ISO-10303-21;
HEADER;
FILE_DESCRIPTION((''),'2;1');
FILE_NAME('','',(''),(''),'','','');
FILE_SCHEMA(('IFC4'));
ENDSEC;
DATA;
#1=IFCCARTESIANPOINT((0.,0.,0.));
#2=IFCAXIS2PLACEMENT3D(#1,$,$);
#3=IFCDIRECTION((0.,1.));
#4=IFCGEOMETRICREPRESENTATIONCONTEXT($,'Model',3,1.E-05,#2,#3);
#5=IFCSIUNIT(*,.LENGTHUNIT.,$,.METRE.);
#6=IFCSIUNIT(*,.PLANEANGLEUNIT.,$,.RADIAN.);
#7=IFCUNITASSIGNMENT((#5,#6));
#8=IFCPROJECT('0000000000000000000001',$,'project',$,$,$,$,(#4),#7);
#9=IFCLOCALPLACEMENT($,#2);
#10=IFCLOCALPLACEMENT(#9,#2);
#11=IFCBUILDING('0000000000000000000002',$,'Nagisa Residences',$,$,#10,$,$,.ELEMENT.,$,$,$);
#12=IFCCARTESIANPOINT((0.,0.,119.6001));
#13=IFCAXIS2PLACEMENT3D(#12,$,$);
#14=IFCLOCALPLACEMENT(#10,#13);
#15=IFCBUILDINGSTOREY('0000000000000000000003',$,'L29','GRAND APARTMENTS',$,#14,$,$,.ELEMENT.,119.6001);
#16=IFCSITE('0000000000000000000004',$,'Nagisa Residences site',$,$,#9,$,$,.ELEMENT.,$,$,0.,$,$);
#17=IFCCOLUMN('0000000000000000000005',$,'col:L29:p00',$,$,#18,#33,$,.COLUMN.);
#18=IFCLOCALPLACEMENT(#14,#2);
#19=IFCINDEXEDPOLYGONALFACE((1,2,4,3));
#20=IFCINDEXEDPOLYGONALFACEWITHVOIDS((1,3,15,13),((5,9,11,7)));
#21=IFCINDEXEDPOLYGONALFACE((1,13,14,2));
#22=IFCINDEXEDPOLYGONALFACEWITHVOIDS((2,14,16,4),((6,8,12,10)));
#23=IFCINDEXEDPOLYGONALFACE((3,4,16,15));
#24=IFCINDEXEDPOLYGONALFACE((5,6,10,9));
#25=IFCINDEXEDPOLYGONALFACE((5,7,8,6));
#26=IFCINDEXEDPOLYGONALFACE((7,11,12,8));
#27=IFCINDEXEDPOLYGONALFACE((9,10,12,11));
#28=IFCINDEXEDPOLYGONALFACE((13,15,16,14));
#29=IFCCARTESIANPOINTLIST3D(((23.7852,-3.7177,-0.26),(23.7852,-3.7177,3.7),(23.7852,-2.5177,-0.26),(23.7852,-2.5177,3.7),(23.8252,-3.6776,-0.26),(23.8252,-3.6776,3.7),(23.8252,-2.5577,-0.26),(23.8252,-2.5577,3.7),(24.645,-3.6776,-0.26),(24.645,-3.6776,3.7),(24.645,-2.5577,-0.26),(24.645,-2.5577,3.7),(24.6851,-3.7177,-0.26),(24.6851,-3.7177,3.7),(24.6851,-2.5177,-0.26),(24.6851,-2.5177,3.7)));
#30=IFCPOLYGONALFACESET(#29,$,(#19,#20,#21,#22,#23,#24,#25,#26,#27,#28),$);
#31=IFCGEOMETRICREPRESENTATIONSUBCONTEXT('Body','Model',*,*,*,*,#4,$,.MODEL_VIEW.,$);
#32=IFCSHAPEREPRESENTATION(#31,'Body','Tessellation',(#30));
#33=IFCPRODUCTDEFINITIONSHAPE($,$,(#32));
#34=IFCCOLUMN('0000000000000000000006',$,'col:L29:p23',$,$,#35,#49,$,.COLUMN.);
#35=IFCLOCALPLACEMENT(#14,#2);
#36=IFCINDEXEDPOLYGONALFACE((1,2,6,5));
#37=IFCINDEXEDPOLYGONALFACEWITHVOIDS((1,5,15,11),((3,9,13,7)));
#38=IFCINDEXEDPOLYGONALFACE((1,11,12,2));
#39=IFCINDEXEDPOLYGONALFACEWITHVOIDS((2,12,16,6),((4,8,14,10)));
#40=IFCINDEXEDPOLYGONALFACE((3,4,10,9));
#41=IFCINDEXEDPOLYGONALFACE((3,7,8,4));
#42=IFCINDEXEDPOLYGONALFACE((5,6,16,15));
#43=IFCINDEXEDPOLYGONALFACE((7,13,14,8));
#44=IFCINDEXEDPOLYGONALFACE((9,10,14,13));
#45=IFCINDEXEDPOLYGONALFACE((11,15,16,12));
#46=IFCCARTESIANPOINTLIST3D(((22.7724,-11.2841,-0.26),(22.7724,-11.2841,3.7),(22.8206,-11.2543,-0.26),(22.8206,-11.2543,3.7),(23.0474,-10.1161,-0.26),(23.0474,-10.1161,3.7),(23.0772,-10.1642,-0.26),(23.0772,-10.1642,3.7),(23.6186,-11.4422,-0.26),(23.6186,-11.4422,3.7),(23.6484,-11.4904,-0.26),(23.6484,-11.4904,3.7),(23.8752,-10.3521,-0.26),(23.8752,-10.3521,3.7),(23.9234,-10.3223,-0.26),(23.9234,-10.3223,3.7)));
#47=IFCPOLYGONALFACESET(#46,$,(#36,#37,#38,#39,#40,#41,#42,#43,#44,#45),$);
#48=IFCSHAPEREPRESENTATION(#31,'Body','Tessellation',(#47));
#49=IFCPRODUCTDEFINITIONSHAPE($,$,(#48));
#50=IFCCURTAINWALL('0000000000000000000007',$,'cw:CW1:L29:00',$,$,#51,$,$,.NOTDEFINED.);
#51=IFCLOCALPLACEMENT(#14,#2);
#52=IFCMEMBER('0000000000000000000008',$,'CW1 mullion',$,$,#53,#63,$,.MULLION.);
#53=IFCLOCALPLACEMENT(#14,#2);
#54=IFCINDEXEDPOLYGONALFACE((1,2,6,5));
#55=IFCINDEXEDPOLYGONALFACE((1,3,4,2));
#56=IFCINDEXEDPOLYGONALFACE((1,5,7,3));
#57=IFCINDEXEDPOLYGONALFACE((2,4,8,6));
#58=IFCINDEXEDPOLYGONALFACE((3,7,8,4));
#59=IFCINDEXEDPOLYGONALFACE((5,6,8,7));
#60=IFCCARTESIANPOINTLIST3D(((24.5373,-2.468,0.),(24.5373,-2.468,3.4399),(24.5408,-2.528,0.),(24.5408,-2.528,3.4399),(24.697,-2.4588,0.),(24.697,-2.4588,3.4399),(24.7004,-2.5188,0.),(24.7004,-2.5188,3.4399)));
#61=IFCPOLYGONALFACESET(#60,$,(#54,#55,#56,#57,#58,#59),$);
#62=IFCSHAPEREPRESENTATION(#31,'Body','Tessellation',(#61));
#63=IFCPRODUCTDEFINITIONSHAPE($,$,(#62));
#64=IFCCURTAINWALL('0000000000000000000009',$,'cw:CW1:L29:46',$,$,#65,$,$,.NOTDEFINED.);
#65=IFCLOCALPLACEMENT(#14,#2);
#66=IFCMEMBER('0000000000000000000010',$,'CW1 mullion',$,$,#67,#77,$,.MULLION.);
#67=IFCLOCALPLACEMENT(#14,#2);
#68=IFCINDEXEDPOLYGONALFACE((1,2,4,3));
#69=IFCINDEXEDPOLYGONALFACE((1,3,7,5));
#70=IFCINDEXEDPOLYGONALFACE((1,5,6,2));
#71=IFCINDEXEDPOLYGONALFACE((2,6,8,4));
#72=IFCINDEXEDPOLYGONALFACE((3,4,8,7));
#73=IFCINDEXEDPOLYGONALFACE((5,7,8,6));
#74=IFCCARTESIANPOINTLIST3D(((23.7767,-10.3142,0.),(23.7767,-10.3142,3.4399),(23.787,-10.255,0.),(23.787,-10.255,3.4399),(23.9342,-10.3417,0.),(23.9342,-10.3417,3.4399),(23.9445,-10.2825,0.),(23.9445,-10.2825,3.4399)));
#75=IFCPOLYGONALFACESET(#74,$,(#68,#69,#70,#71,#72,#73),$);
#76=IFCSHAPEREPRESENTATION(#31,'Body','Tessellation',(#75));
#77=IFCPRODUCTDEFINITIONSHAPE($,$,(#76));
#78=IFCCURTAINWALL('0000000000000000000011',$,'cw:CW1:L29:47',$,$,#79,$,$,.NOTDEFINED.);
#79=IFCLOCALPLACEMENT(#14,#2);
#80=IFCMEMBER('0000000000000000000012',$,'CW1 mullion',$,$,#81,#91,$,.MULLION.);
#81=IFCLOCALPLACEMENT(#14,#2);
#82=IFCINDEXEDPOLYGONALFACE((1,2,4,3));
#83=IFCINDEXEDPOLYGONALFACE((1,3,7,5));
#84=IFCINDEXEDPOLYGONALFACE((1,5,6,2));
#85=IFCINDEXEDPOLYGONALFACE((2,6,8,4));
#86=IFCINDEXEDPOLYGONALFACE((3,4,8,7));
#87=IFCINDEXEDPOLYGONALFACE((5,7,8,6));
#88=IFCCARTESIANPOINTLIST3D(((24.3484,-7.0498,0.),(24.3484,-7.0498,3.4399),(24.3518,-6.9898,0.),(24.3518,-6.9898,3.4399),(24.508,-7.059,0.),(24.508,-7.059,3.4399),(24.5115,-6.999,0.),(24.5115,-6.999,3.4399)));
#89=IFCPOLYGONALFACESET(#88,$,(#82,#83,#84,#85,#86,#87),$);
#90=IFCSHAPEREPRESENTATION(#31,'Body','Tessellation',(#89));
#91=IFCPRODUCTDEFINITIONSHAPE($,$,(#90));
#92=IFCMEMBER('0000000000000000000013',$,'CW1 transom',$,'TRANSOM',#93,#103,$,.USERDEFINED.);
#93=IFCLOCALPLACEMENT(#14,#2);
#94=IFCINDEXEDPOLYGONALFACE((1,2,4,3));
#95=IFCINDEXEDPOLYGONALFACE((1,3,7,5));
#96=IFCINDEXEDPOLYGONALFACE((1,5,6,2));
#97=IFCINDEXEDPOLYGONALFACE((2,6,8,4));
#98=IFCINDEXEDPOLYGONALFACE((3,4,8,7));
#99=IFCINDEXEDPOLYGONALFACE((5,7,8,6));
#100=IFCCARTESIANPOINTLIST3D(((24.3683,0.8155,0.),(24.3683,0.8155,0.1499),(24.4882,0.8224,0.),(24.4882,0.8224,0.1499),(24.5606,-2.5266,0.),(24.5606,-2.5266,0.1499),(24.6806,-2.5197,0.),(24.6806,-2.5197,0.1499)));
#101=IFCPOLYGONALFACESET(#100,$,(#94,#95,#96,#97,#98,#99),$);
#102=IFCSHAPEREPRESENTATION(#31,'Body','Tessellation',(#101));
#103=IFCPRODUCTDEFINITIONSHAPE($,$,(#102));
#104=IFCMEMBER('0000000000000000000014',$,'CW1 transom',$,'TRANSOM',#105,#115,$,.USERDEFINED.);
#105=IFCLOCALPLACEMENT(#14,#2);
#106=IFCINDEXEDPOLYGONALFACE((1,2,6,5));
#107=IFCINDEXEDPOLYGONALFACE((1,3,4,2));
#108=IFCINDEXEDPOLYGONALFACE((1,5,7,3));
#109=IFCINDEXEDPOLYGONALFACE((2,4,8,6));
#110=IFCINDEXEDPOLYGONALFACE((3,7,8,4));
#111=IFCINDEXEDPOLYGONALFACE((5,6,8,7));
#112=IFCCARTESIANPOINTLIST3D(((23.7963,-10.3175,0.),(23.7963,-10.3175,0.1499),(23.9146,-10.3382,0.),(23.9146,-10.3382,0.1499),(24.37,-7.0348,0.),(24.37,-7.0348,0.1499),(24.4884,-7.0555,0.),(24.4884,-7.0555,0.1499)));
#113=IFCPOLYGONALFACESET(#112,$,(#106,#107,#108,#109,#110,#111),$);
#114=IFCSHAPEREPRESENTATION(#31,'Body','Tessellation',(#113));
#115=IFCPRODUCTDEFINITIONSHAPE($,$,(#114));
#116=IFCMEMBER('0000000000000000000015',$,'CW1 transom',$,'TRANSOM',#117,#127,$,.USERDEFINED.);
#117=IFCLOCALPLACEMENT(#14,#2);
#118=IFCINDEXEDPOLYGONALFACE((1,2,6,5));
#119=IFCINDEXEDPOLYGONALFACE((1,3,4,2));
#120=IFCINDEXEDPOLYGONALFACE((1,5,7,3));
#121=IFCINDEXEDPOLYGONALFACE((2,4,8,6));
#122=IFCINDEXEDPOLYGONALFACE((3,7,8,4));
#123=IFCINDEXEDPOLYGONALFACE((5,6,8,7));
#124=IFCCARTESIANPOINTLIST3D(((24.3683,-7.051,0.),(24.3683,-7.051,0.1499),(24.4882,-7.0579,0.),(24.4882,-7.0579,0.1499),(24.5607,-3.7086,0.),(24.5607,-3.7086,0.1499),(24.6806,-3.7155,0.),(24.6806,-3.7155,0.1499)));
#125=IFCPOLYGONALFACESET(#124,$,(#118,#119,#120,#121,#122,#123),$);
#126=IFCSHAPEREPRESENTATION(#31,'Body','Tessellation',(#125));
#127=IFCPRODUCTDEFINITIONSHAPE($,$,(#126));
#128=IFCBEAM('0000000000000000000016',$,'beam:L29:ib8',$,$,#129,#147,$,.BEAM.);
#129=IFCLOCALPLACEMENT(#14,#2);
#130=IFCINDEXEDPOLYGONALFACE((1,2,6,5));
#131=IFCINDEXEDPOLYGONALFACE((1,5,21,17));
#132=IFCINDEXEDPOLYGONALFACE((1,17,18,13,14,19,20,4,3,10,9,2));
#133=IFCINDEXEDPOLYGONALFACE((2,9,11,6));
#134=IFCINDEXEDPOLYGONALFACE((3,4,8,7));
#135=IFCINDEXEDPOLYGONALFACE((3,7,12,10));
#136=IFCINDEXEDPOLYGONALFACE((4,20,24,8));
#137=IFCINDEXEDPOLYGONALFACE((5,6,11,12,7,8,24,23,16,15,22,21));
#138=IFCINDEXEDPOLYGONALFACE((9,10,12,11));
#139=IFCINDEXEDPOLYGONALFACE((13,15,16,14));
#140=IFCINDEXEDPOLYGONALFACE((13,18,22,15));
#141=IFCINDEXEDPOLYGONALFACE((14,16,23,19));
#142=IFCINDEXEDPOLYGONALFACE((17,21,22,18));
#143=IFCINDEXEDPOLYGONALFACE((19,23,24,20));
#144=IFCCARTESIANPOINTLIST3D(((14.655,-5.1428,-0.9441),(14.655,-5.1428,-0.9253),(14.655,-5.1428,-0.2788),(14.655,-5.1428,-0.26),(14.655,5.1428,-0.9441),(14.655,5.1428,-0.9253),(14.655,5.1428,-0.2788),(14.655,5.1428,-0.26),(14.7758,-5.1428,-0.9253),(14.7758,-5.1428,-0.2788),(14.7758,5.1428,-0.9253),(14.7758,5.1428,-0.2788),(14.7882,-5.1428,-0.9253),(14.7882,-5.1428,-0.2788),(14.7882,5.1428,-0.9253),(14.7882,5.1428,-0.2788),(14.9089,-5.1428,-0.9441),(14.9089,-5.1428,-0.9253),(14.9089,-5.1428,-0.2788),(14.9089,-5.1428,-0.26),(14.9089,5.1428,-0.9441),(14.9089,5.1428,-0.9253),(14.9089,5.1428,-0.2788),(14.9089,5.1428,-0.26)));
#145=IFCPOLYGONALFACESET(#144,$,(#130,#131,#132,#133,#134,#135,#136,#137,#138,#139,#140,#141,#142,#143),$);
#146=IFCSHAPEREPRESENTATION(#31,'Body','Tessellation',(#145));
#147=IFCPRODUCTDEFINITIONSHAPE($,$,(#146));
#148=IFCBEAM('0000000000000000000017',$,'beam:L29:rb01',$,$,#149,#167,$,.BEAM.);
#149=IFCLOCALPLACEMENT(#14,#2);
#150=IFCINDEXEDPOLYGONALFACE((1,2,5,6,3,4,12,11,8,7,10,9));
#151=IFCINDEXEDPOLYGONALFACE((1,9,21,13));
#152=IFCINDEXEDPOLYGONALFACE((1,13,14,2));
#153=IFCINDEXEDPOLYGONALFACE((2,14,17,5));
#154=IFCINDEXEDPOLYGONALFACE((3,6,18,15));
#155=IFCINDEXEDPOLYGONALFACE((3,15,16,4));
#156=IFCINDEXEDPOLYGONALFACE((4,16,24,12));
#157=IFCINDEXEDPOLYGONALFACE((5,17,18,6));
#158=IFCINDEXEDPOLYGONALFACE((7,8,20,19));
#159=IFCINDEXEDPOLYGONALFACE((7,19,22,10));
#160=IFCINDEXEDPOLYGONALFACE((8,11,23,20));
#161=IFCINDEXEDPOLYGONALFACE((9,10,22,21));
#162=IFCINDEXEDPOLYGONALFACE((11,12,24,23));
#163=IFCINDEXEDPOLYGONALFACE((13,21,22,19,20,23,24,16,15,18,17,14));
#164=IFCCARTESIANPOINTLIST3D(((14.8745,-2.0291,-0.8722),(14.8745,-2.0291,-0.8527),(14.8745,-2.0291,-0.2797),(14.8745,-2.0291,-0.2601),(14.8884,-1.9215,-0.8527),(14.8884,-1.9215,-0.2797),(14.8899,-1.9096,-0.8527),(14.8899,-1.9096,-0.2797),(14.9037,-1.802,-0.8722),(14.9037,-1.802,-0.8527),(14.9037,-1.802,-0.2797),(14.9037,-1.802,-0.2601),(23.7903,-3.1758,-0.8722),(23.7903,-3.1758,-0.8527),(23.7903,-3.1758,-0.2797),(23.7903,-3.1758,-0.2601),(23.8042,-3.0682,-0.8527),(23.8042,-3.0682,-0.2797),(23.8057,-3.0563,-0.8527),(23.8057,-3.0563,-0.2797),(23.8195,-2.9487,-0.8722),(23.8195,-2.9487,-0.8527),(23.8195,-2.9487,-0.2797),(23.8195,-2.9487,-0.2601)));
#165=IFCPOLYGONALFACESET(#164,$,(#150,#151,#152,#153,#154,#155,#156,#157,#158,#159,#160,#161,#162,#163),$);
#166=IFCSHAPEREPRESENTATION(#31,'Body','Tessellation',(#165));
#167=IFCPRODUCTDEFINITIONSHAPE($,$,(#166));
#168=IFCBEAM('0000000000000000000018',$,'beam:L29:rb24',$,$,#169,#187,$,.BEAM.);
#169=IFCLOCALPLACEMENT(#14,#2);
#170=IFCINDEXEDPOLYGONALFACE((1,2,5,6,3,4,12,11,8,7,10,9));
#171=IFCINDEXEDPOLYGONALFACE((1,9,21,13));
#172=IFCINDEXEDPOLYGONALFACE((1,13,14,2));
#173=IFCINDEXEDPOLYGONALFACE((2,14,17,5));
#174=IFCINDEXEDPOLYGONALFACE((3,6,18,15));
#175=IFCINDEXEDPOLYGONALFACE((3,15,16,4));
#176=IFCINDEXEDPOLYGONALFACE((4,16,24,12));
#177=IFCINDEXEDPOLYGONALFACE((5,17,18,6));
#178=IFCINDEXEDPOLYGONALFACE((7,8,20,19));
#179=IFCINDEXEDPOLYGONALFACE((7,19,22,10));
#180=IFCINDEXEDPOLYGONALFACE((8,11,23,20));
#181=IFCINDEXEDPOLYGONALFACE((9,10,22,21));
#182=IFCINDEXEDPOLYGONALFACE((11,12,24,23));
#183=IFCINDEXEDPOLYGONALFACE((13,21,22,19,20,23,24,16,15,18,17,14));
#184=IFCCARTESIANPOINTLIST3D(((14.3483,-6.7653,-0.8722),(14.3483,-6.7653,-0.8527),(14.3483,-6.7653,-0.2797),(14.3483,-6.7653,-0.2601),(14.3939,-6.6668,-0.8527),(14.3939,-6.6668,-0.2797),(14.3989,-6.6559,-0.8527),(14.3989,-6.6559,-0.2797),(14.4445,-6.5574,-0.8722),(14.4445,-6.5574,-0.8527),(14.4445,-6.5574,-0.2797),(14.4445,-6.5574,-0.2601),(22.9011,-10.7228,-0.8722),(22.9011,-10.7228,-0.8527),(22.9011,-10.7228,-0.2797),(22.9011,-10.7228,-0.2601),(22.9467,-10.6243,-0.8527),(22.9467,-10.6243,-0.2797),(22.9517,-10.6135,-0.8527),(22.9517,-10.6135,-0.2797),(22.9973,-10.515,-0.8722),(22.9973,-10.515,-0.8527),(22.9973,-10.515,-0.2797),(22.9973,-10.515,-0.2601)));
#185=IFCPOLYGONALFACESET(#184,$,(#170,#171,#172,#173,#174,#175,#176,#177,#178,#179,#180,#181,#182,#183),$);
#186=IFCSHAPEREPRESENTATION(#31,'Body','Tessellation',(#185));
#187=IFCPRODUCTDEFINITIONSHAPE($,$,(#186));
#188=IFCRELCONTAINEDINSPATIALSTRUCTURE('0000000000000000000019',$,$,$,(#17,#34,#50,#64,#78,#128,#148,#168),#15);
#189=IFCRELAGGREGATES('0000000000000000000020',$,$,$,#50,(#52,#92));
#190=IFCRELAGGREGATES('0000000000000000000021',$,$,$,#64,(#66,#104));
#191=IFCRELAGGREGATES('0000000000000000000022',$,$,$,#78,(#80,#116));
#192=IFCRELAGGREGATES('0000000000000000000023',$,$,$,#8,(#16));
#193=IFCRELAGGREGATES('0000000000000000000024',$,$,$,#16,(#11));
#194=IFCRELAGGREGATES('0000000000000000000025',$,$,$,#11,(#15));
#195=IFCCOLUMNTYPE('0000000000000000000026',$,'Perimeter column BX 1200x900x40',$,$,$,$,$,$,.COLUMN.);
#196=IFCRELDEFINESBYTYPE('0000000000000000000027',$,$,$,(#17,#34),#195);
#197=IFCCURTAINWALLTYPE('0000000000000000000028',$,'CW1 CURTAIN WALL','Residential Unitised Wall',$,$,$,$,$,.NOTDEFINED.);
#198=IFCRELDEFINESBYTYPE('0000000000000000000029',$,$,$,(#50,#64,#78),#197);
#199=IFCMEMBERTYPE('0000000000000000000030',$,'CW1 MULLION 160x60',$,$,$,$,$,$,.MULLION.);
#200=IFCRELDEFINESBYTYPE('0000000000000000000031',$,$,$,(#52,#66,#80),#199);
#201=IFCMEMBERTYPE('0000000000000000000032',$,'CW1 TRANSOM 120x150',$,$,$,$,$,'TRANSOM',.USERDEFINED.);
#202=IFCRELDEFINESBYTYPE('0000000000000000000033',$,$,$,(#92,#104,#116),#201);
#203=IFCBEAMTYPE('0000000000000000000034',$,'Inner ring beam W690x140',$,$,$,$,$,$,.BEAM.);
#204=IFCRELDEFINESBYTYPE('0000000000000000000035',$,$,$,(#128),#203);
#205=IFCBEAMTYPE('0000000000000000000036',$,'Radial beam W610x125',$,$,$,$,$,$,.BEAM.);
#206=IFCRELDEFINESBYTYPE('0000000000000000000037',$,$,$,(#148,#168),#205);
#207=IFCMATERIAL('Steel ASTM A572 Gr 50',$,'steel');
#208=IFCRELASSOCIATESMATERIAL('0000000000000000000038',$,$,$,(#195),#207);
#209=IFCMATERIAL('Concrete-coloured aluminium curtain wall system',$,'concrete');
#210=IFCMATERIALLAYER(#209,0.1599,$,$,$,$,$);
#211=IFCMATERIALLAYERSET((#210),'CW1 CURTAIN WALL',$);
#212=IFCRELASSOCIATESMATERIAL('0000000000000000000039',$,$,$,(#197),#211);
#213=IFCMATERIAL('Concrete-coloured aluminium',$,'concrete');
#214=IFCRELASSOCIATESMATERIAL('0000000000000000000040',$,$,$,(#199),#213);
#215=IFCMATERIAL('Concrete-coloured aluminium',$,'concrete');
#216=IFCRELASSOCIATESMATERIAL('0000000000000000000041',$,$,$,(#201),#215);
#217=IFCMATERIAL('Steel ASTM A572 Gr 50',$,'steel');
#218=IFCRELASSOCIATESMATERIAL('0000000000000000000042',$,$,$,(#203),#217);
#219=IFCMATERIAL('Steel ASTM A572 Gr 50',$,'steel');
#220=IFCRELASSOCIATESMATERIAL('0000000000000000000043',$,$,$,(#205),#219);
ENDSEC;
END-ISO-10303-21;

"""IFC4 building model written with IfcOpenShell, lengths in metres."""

from ifc_helpers import new_model, si_unit, direction, frame, origin, origin_2d, place, context, subcontext, project, spatial, rectangle, hollow_rectangle, i_section, extrude, material, layer, layer_set, material_profile, profile_set, type_object, element, aggregate, save


model = new_model("IFC4")

# Units and contexts
model_context = context("Model", 3, precision=1e-05, world=origin(), true_north=direction((0.0, 1.0)))
body_context = subcontext(model_context, "Body", "Model", "MODEL_VIEW")
ifc_project = project(units=[si_unit("LENGTHUNIT", "METRE"), si_unit("PLANEANGLEUNIT", "RADIAN")], contexts=[model_context])

# Site, building, storey
site_placement = place(None, origin())
site = spatial("IfcSite", under=ifc_project, at=site_placement, Name="Nagisa Residences site", CompositionType="ELEMENT", RefElevation=0.0)
building_placement = place(site_placement, origin())
building = spatial("IfcBuilding", under=site, at=building_placement, Name="Nagisa Residences", CompositionType="ELEMENT")
storey_placement = place(building_placement, frame((0.0, 0.0, 119.6001)))
storey = spatial("IfcBuildingStorey", under=building, at=storey_placement, Name="L29", Description="GRAND APARTMENTS", CompositionType="ELEMENT", Elevation=119.6001)

# Columns
ifc_material_1 = material(Name="Steel ASTM A572 Gr 50", Category="steel")
ifc_material_profile_1 = material_profile(ifc_material_1, hollow_rectangle(XDim=1.2, YDim=0.8999, WallThickness=0.04, at=origin_2d()), Name="BX 1200x900x40")
ifc_profile_set_1 = profile_set([ifc_material_profile_1], Name="Steel ASTM A572 Gr 50")
column_type = type_object("IfcColumnType", Name="Perimeter column BX 1200x900x40", PredefinedType="COLUMN", material=ifc_profile_set_1)
for number, where, z_axis, x_axis, name in (
    (1, (24.2351, -3.1177, -0.26), (0.0, 0.0, 1.0), (0.0, 1.0, 0.0), "col:L29:p00"),
    (2, (23.3479, -10.8032, -0.26), (0.0, 0.0, 1.0), (0.229202, 0.973379, 0.0), "col:L29:p23"),
):
    element("IfcColumn", number, at=place(storey_placement, frame(where, z_axis=z_axis, x_axis=x_axis)), inside=storey, type_object=column_type, Name=name, PredefinedType="COLUMN", context=body_context, shape_type="SweptSolid", body=[
        extrude(hollow_rectangle(XDim=1.2, YDim=0.8999, WallThickness=0.04, at=origin_2d()), origin(), (0.0, 0.0, 1.0), 3.96),
    ])

# Curtain walls, members
ifc_material_2 = material(Name="Concrete-coloured aluminium curtain wall system", Category="concrete")
ifc_layer_1 = layer(ifc_material_2, 0.1599)
ifc_layer_set_1 = layer_set([ifc_layer_1], Name="CW1 CURTAIN WALL")
curtain_wall_type = type_object("IfcCurtainWallType", Name="CW1 CURTAIN WALL", Description="Residential Unitised Wall", PredefinedType="NOTDEFINED", material=ifc_layer_set_1)
curtain_wall_1_placement = place(storey_placement, origin())
curtain_wall_1 = element("IfcCurtainWall", 3, at=curtain_wall_1_placement, inside=storey, type_object=curtain_wall_type, Name="cw:CW1:L29:00", PredefinedType="NOTDEFINED")
ifc_material_3 = material(Name="Concrete-coloured aluminium", Category="concrete")
ifc_material_profile_2 = material_profile(ifc_material_3, rectangle(XDim=0.1599, YDim=0.0601, at=origin_2d()), Name="CW1 MULLION 160x60")
ifc_profile_set_2 = profile_set([ifc_material_profile_2], Name="Concrete-coloured aluminium")
member_type_1 = type_object("IfcMemberType", Name="CW1 MULLION 160x60", PredefinedType="MULLION", material=ifc_profile_set_2)
member_1_placement = place(storey_placement, frame((24.6189, -2.4934, 0.0), z_axis=(0.0, 0.0, 1.0), x_axis=(-0.998345, -0.057503, 0.0)))
member_1 = element("IfcMember", 4, at=member_1_placement, type_object=member_type_1, Name="CW1 mullion", PredefinedType="MULLION", context=body_context, shape_type="SweptSolid", body=[
    extrude(rectangle(XDim=0.1599, YDim=0.0601, at=origin_2d()), origin(), (0.0, 0.0, 1.0), 3.4399),
])
curtain_wall_2_placement = place(storey_placement, origin())
curtain_wall_2 = element("IfcCurtainWall", 5, at=curtain_wall_2_placement, inside=storey, type_object=curtain_wall_type, Name="cw:CW1:L29:46", PredefinedType="NOTDEFINED")
member_2_placement = place(storey_placement, frame((23.8606, -10.2983, 0.0), z_axis=(0.0, 0.0, 1.0), x_axis=(-0.985064, 0.172191, 0.0)))
member_2 = element("IfcMember", 6, at=member_2_placement, type_object=member_type_1, Name="CW1 mullion", PredefinedType="MULLION", context=body_context, shape_type="SweptSolid", body=[
    extrude(rectangle(XDim=0.1599, YDim=0.0601, at=origin_2d()), origin(), (0.0, 0.0, 1.0), 3.4399),
])
curtain_wall_3_placement = place(storey_placement, origin())
curtain_wall_3 = element("IfcCurtainWall", 7, at=curtain_wall_3_placement, inside=storey, type_object=curtain_wall_type, Name="cw:CW1:L29:47", PredefinedType="NOTDEFINED")
member_3_placement = place(storey_placement, frame((24.4299, -7.0244, 0.0), z_axis=(0.0, 0.0, 1.0), x_axis=(-0.998345, 0.057503, 0.0)))
member_3 = element("IfcMember", 8, at=member_3_placement, type_object=member_type_1, Name="CW1 mullion", PredefinedType="MULLION", context=body_context, shape_type="SweptSolid", body=[
    extrude(rectangle(XDim=0.1599, YDim=0.0601, at=origin_2d()), origin(), (0.0, 0.0, 1.0), 3.4399),
])

# Members
ifc_material_4 = material(Name="Concrete-coloured aluminium", Category="concrete")
ifc_material_profile_3 = material_profile(ifc_material_4, rectangle(XDim=0.1201, YDim=0.1499, at=origin_2d()), Name="CW1 TRANSOM 120x150")
ifc_profile_set_3 = profile_set([ifc_material_profile_3], Name="Concrete-coloured aluminium")
member_type_2 = type_object("IfcMemberType", Name="CW1 TRANSOM 120x150", ElementType="TRANSOM", PredefinedType="USERDEFINED", material=ifc_profile_set_3)
member_4_placement = place(storey_placement, frame((24.6206, -2.5232, 0.075), z_axis=(-0.057469, 0.998347, 0.0), x_axis=(-0.998347, -0.057469, 0.0)))
member_4 = element("IfcMember", 9, at=member_4_placement, type_object=member_type_2, Name="CW1 transom", ObjectType="TRANSOM", PredefinedType="USERDEFINED", context=body_context, shape_type="SweptSolid", body=[
    extrude(rectangle(XDim=0.1201, YDim=0.1499, at=origin_2d()), origin(), (0.0, 0.0, 1.0), 3.3477),
])
member_5_placement = place(storey_placement, frame((23.8555, -10.3279, 0.075), z_axis=(0.172164, 0.985068, 0.0), x_axis=(-0.985068, 0.172164, 0.0)))
member_5 = element("IfcMember", 10, at=member_5_placement, type_object=member_type_2, Name="CW1 transom", ObjectType="TRANSOM", PredefinedType="USERDEFINED", context=body_context, shape_type="SweptSolid", body=[
    extrude(rectangle(XDim=0.1201, YDim=0.1499, at=origin_2d()), origin(), (0.0, 0.0, 1.0), 3.3325),
])
member_6_placement = place(storey_placement, frame((24.4282, -7.0544, 0.075), z_axis=(0.057465, 0.998348, 0.0), x_axis=(-0.998348, 0.057465, 0.0)))
member_6 = element("IfcMember", 11, at=member_6_placement, type_object=member_type_2, Name="CW1 transom", ObjectType="TRANSOM", PredefinedType="USERDEFINED", context=body_context, shape_type="SweptSolid", body=[
    extrude(rectangle(XDim=0.1201, YDim=0.1499, at=origin_2d()), origin(), (0.0, 0.0, 1.0), 3.3479),
])

# Beams
ifc_material_5 = material(Name="Steel ASTM A572 Gr 50", Category="steel")
ifc_material_profile_4 = material_profile(ifc_material_5, i_section(OverallWidth=0.2539, OverallDepth=0.6841, WebThickness=0.0125, FlangeThickness=0.0188, at=origin_2d()), Name="W690x140")
ifc_profile_set_4 = profile_set([ifc_material_profile_4], Name="Steel ASTM A572 Gr 50")
beam_type_1 = type_object("IfcBeamType", Name="Inner ring beam W690x140", PredefinedType="BEAM", material=ifc_profile_set_4)
beam_1_placement = place(storey_placement, frame((14.782, -5.1428, -0.6021), z_axis=(0.0, 1.0, 0.0), x_axis=(-1.0, 0.0, 0.0)))
element("IfcBeam", 12, at=beam_1_placement, inside=storey, type_object=beam_type_1, Name="beam:L29:ib8", PredefinedType="BEAM", context=body_context, shape_type="SweptSolid", body=[
    extrude(i_section(OverallWidth=0.2539, OverallDepth=0.6841, WebThickness=0.0125, FlangeThickness=0.0188, at=origin_2d()), origin(), (0.0, 0.0, 1.0), 10.2856),
])
ifc_material_6 = material(Name="Steel ASTM A572 Gr 50", Category="steel")
ifc_material_profile_5 = material_profile(ifc_material_6, i_section(OverallWidth=0.229, OverallDepth=0.6121, WebThickness=0.012, FlangeThickness=0.0195, at=origin_2d()), Name="W610x125")
ifc_profile_set_5 = profile_set([ifc_material_profile_5], Name="Steel ASTM A572 Gr 50")
beam_type_2 = type_object("IfcBeamType", Name="Radial beam W610x125", PredefinedType="BEAM", material=ifc_profile_set_5)
beam_2_placement = place(storey_placement, frame((23.8049, -3.0623, -0.5662), z_axis=(-0.99183, 0.127567, 0.0), x_axis=(-0.127567, -0.99183, 0.0)))
element("IfcBeam", 13, at=beam_2_placement, inside=storey, type_object=beam_type_2, Name="beam:L29:rb01", PredefinedType="BEAM", context=body_context, shape_type="SweptSolid", body=[
    extrude(i_section(OverallWidth=0.229, OverallDepth=0.6121, WebThickness=0.012, FlangeThickness=0.0195, at=origin_2d()), origin(), (0.0, 0.0, 1.0), 8.9893),
])
beam_3_placement = place(storey_placement, frame((22.9492, -10.6189, -0.5662), z_axis=(-0.907551, 0.419942, 0.0), x_axis=(-0.419942, -0.907551, 0.0)))
element("IfcBeam", 14, at=beam_3_placement, inside=storey, type_object=beam_type_2, Name="beam:L29:rb24", PredefinedType="BEAM", context=body_context, shape_type="SweptSolid", body=[
    extrude(i_section(OverallWidth=0.229, OverallDepth=0.6121, WebThickness=0.012, FlangeThickness=0.0195, at=origin_2d()), origin(), (0.0, 0.0, 1.0), 9.4241),
])

aggregate(curtain_wall_1, [member_1, member_4])
aggregate(curtain_wall_2, [member_2, member_5])
aggregate(curtain_wall_3, [member_3, member_6])

save(model, "model.ifc")
